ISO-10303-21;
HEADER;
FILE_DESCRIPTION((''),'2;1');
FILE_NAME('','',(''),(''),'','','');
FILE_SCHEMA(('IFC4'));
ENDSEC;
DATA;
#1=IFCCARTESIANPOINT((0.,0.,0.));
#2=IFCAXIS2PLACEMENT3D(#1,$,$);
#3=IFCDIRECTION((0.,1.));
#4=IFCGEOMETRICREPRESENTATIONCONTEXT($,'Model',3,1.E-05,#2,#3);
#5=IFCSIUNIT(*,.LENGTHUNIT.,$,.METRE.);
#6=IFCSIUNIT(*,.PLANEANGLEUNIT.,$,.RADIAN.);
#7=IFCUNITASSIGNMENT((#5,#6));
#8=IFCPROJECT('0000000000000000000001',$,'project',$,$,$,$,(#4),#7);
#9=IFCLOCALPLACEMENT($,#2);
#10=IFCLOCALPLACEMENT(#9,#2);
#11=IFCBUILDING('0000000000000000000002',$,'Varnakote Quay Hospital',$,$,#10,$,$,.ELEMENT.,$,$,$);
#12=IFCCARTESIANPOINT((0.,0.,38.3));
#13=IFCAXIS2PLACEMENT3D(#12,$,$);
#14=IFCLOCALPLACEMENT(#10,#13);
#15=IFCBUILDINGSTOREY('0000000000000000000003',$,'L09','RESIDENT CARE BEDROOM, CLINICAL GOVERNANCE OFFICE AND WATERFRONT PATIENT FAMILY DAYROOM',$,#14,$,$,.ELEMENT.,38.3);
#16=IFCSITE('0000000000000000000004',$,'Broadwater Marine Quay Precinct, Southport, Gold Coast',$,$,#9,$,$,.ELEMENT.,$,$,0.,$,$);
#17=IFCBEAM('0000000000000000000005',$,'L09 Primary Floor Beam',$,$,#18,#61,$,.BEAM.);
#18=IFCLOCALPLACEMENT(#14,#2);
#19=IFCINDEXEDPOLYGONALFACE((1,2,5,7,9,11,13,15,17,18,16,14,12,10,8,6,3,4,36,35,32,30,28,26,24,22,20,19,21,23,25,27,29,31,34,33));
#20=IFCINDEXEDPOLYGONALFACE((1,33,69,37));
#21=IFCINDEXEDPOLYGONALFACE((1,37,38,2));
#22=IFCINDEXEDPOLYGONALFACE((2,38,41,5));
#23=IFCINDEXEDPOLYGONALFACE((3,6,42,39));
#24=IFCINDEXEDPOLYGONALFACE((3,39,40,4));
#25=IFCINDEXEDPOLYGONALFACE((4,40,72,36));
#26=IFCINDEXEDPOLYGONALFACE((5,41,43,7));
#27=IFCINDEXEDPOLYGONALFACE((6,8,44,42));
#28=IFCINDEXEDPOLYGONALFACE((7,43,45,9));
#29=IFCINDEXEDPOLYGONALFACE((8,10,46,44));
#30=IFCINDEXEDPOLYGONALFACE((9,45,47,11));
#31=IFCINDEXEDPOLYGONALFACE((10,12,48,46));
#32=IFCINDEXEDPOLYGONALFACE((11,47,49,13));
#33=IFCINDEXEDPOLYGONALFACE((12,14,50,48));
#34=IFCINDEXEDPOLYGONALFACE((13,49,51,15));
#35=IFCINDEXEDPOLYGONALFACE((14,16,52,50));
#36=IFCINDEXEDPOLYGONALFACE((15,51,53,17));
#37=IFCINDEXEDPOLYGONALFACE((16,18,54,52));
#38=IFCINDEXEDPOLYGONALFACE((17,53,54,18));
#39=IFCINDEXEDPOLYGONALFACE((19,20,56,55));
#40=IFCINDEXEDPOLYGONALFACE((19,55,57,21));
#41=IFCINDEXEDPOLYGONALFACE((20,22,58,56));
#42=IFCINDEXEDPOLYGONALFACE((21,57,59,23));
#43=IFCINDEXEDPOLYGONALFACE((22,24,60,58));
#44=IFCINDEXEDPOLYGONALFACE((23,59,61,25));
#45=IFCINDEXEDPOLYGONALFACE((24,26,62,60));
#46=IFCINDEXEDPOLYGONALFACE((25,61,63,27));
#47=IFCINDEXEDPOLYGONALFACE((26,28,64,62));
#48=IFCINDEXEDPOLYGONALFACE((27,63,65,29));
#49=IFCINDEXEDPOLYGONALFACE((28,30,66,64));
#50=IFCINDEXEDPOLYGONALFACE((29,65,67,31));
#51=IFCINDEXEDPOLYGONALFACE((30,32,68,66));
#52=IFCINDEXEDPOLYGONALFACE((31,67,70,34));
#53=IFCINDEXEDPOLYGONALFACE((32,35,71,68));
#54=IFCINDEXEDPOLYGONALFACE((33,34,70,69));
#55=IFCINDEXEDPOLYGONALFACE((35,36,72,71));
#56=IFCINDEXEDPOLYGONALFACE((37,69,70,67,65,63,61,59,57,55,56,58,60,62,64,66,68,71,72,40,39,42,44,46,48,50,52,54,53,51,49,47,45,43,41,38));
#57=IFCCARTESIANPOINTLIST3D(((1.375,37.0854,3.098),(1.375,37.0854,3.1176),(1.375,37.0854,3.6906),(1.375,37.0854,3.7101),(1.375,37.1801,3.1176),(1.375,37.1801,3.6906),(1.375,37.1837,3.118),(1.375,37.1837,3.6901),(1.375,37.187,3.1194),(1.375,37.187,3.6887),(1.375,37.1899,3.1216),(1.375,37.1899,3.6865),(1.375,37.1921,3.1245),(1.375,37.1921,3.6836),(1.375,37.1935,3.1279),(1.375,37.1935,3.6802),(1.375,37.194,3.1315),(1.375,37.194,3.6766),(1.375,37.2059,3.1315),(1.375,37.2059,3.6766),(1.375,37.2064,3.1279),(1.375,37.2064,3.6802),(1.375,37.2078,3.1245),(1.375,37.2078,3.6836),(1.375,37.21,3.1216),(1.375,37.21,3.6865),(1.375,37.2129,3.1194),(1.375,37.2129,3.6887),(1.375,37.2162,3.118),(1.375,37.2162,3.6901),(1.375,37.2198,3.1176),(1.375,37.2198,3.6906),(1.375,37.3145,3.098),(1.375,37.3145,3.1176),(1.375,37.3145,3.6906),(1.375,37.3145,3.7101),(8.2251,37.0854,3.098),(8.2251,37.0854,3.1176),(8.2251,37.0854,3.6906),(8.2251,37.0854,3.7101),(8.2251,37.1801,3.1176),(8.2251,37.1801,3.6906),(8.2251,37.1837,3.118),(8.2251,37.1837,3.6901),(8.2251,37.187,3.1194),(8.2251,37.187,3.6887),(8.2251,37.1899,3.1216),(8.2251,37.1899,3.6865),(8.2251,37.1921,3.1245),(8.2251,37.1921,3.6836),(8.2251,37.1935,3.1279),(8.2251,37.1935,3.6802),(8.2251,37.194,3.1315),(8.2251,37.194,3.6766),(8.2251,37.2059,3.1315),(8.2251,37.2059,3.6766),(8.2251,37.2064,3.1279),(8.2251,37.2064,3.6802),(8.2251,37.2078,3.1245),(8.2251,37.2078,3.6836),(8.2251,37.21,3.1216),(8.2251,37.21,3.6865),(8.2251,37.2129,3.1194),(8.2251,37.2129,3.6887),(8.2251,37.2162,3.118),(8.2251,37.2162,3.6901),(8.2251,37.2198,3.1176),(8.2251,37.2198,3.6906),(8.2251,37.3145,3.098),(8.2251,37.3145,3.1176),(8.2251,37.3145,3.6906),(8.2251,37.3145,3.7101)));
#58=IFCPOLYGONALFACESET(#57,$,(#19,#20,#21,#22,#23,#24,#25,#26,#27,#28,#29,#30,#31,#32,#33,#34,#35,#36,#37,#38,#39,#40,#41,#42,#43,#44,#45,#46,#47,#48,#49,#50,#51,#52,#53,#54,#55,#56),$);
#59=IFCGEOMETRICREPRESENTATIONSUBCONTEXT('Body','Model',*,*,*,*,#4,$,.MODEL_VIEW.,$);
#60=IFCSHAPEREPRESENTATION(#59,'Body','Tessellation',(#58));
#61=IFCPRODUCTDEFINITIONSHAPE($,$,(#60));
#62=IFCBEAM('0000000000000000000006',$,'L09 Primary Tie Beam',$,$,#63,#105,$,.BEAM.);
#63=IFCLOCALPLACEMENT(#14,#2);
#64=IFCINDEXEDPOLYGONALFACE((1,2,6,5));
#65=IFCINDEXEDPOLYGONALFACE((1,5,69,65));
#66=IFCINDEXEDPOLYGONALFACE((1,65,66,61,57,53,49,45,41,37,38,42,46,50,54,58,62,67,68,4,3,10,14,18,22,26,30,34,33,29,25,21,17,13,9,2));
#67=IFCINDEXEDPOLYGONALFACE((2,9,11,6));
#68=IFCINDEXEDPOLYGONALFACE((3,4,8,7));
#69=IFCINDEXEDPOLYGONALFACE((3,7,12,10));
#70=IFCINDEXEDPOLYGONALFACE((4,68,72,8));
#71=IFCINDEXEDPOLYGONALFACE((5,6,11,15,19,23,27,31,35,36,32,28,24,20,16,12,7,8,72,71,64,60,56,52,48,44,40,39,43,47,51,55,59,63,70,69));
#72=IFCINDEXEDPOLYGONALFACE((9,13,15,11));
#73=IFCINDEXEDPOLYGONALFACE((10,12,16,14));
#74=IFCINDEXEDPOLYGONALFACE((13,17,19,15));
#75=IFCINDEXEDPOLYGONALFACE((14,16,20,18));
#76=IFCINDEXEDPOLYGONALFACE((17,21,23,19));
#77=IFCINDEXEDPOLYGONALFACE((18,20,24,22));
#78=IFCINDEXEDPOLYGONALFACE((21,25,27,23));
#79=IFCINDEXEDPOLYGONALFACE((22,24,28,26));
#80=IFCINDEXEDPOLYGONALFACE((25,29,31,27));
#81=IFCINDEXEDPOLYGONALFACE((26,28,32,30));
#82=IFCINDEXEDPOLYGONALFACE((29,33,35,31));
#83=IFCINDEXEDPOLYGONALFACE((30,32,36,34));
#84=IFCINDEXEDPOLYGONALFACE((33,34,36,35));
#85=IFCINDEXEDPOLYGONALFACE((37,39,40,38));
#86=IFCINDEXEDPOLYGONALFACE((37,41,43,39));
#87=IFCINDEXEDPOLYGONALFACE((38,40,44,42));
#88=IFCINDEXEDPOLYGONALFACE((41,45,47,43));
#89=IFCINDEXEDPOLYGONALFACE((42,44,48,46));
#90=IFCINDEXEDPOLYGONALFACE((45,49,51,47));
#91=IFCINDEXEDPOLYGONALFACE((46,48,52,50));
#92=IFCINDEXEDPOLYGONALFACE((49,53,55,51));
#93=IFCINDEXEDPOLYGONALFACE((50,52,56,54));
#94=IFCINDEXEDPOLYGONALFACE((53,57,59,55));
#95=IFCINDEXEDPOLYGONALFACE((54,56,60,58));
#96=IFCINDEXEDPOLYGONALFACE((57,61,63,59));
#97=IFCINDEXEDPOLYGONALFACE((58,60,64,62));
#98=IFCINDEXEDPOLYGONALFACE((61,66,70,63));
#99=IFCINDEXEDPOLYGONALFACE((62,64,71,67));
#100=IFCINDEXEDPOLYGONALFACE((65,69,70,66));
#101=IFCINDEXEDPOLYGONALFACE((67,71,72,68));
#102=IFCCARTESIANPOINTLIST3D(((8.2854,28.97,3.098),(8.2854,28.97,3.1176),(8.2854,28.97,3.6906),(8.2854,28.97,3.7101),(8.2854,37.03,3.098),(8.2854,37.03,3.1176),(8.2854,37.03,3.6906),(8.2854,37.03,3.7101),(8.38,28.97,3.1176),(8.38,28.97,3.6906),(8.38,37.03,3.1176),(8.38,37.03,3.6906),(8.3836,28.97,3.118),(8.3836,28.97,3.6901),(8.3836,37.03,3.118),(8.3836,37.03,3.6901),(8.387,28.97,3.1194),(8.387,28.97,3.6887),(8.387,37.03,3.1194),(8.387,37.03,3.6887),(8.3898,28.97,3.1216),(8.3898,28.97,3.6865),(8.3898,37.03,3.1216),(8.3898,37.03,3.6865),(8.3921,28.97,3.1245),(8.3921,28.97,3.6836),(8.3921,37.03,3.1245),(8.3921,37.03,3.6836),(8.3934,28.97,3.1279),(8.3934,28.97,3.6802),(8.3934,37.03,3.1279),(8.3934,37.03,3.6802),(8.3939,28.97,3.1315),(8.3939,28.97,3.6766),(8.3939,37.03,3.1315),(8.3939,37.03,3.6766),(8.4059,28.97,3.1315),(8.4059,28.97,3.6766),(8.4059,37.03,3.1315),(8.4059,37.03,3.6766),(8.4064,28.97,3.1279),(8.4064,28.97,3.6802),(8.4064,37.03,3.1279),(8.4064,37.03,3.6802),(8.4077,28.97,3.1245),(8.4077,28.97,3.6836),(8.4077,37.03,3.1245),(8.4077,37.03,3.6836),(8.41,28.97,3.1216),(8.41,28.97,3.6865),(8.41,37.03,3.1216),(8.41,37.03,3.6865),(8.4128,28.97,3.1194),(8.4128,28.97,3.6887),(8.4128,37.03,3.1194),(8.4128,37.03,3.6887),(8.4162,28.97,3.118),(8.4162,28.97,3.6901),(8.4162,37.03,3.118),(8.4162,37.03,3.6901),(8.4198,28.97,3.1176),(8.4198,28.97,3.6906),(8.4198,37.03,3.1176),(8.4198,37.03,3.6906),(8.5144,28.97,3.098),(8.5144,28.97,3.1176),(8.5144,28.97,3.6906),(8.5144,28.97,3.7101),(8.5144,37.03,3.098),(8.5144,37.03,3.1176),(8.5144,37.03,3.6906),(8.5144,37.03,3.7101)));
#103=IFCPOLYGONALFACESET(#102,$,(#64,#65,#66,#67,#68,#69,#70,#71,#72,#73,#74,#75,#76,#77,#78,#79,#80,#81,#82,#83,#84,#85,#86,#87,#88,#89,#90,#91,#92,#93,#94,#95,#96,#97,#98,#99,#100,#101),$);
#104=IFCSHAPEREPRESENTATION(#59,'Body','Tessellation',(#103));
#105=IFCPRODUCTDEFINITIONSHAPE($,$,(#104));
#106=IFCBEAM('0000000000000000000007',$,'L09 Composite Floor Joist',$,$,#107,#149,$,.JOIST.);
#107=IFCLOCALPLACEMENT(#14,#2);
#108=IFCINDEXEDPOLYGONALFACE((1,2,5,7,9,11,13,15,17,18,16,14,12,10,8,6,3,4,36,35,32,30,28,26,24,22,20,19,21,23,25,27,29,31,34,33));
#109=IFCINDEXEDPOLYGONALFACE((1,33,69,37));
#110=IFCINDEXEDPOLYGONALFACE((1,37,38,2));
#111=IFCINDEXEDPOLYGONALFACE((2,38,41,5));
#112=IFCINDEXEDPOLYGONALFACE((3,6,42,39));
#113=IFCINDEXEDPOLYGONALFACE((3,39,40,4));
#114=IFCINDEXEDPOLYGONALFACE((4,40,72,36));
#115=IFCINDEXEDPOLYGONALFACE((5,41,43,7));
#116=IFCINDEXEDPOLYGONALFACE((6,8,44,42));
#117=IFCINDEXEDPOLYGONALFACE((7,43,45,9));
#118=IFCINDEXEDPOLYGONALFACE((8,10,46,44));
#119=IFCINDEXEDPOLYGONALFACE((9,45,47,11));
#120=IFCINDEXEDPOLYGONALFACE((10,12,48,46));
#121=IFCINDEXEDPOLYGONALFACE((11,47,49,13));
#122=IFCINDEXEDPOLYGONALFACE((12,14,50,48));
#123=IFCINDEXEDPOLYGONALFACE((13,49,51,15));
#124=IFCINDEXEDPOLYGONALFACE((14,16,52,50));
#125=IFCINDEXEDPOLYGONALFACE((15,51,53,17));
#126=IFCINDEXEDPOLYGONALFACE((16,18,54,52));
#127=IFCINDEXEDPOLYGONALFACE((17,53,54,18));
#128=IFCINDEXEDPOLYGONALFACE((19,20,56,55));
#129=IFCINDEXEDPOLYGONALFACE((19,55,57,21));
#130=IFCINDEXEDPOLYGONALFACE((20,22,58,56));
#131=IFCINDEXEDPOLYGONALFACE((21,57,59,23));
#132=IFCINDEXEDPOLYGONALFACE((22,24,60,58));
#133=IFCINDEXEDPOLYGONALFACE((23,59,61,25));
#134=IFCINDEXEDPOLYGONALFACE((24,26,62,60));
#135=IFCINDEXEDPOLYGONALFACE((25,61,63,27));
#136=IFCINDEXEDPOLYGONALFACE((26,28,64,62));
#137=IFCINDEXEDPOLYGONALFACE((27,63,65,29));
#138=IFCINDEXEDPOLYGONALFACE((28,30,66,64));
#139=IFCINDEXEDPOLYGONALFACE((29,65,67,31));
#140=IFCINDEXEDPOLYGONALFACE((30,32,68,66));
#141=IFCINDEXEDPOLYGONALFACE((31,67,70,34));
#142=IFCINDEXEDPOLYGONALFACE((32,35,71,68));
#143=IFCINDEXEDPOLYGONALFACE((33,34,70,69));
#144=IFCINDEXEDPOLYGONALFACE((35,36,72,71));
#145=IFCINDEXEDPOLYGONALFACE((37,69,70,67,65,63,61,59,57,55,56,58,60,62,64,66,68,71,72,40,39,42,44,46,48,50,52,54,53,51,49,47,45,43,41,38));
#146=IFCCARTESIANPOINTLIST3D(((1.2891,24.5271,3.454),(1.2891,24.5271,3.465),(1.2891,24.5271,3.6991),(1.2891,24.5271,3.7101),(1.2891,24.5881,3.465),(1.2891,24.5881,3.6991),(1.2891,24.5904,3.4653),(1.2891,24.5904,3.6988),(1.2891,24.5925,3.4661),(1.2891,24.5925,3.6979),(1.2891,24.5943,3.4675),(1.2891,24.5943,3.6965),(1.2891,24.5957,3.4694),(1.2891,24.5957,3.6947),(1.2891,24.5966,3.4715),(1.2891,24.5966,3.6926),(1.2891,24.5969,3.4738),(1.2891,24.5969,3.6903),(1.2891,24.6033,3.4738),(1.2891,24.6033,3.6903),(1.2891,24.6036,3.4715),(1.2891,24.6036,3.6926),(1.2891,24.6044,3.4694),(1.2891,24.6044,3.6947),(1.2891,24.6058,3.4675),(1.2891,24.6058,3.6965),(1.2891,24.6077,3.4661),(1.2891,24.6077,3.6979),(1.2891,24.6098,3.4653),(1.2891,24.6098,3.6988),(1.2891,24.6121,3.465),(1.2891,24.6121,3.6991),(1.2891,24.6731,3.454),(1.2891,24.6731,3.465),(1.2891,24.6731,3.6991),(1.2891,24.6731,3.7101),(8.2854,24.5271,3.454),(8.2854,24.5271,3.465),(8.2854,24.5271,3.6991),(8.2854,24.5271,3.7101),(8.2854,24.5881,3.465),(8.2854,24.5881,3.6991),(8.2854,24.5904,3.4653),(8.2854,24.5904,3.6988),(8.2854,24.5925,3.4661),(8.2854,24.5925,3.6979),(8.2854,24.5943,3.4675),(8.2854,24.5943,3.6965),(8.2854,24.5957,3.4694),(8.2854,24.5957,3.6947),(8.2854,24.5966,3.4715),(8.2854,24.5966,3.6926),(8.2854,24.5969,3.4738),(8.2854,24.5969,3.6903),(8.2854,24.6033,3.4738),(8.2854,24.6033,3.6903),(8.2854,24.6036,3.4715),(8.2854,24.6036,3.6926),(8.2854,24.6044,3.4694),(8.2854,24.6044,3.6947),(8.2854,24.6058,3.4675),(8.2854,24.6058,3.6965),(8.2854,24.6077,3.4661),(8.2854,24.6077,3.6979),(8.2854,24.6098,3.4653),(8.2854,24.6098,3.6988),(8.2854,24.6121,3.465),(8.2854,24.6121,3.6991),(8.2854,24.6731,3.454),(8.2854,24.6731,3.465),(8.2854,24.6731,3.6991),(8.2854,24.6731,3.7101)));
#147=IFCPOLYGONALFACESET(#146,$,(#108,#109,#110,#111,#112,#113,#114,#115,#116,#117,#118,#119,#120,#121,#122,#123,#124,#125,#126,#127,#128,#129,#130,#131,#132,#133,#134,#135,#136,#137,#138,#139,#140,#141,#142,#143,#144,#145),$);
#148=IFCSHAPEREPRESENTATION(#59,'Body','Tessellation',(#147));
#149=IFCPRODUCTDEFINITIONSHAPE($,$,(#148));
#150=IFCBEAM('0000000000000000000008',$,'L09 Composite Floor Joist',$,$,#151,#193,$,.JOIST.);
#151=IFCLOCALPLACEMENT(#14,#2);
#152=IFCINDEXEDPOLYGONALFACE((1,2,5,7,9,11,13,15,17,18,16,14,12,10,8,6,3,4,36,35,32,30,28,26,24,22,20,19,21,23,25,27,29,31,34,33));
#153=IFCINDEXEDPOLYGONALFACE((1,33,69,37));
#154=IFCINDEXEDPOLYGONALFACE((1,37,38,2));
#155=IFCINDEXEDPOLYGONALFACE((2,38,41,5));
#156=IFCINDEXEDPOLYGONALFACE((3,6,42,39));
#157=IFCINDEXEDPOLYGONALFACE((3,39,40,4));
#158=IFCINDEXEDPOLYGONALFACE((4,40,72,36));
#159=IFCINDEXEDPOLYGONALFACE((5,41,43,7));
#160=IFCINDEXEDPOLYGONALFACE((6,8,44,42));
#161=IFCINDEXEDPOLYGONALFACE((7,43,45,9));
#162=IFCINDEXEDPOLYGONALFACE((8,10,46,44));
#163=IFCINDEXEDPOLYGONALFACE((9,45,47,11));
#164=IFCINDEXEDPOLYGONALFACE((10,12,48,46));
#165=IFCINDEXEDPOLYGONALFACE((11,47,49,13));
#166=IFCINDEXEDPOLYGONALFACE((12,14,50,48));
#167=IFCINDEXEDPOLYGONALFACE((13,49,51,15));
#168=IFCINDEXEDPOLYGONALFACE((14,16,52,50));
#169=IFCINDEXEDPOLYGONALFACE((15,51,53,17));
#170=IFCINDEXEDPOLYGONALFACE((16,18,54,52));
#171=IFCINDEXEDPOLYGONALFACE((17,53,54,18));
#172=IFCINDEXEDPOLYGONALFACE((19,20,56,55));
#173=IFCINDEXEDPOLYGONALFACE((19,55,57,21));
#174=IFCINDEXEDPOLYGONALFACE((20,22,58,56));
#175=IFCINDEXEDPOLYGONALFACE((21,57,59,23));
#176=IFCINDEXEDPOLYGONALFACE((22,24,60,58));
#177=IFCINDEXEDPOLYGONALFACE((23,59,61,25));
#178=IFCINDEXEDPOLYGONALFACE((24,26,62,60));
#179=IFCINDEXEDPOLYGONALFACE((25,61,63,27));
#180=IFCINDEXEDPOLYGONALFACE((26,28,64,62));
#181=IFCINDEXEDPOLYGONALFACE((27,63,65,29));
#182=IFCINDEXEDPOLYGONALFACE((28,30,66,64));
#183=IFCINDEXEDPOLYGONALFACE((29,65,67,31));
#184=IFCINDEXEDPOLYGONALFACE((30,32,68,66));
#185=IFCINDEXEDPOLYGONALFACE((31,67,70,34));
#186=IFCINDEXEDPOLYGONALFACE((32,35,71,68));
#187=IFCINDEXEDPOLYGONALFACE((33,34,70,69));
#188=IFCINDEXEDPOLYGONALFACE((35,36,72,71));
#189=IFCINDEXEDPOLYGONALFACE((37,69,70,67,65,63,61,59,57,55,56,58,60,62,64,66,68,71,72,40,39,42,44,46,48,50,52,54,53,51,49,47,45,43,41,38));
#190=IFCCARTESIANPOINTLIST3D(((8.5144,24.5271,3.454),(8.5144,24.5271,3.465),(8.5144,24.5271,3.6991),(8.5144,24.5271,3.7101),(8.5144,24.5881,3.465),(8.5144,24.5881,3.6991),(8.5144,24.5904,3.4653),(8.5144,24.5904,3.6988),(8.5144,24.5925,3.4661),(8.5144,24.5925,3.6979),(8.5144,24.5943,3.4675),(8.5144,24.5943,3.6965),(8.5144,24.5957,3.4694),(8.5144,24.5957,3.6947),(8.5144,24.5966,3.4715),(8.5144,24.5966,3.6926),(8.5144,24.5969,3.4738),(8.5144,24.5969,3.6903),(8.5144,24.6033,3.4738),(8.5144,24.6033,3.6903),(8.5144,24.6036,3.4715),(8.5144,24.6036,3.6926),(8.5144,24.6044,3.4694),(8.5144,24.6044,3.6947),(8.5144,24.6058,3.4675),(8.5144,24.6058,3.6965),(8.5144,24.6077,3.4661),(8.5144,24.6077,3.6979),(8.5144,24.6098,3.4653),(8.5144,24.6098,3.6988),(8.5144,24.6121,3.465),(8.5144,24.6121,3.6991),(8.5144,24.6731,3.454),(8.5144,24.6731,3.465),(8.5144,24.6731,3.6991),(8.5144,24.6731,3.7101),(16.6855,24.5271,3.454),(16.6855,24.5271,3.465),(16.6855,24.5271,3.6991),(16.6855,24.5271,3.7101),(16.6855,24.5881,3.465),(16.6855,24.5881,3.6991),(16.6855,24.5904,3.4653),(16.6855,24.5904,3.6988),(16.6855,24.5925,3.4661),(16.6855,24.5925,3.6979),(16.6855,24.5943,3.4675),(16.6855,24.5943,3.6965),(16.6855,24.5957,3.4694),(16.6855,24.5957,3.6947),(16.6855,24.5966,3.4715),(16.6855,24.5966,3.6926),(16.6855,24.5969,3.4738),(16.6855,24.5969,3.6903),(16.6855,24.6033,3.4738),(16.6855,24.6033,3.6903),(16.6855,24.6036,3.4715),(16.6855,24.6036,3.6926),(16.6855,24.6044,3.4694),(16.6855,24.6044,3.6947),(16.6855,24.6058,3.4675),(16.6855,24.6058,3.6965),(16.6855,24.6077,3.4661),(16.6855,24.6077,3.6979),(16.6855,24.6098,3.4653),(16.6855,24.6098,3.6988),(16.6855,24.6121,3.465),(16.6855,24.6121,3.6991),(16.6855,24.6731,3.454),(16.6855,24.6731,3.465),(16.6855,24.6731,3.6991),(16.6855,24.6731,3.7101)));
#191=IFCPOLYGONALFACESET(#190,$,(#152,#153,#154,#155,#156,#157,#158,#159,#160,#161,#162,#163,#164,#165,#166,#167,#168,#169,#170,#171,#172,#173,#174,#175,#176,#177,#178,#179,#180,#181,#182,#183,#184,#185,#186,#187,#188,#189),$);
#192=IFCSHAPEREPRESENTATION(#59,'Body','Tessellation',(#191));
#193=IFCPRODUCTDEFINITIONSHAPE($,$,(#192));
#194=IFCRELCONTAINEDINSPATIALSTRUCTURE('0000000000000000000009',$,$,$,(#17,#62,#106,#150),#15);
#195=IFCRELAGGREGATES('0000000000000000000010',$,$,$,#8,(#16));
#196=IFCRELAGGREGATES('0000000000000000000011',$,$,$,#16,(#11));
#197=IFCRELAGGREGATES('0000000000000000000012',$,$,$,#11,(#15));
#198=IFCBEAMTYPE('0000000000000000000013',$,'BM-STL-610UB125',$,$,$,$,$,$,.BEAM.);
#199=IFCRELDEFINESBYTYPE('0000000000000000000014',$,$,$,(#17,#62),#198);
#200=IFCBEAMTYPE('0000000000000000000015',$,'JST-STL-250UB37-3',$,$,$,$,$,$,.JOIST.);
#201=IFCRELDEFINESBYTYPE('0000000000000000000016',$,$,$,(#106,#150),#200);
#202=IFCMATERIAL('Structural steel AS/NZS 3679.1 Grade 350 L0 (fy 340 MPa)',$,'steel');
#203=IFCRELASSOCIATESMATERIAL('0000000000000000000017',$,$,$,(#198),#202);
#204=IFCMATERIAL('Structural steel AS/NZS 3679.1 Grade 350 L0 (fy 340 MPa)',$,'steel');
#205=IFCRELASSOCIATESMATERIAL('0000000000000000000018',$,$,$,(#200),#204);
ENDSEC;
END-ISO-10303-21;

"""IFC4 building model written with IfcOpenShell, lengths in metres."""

from ifc_helpers import new_model, si_unit, direction, frame, origin, origin_2d, place, context, subcontext, project, spatial, i_section, extrude, material, material_profile, profile_set, type_object, element, save


model = new_model("IFC4")

# Units and contexts
model_context = context("Model", 3, precision=1e-05, world=origin(), true_north=direction((0.0, 1.0)))
body_context = subcontext(model_context, "Body", "Model", "MODEL_VIEW")
ifc_project = project(units=[si_unit("LENGTHUNIT", "METRE"), si_unit("PLANEANGLEUNIT", "RADIAN")], contexts=[model_context])

# Site, building, storey
site_placement = place(None, origin())
site = spatial("IfcSite", under=ifc_project, at=site_placement, Name="Broadwater Marine Quay Precinct, Southport, Gold Coast", CompositionType="ELEMENT", RefElevation=0.0)
building_placement = place(site_placement, origin())
building = spatial("IfcBuilding", under=site, at=building_placement, Name="Varnakote Quay Hospital", CompositionType="ELEMENT")
storey_placement = place(building_placement, frame((0.0, 0.0, 38.3)))
storey = spatial("IfcBuildingStorey", under=building, at=storey_placement, Name="L09", Description="RESIDENT CARE BEDROOM, CLINICAL GOVERNANCE OFFICE AND WATERFRONT PATIENT FAMILY DAYROOM", CompositionType="ELEMENT", Elevation=38.3)

# Beams
ifc_material_1 = material(Name="Structural steel AS/NZS 3679.1 Grade 350 L0 (fy 340 MPa)", Category="steel")
ifc_material_profile_1 = material_profile(ifc_material_1, i_section(OverallWidth=0.229, OverallDepth=0.6121, WebThickness=0.012, FlangeThickness=0.0195, FilletRadius=0.0139, at=origin_2d()), Name="610UB125")
ifc_profile_set_1 = profile_set([ifc_material_profile_1], Name="Structural steel AS/NZS 3679.1 Grade 350 L0 (fy 340 MPa)")
beam_type_1 = type_object("IfcBeamType", Name="BM-STL-610UB125", PredefinedType="BEAM", material=ifc_profile_set_1)
beam_1_placement = place(storey_placement, frame((1.375, 37.2, 3.4041), z_axis=(1.0, 0.0, 0.0), x_axis=(0.0, 1.0, 0.0)))
element("IfcBeam", 1, at=beam_1_placement, inside=storey, type_object=beam_type_1, Name="L09 Primary Floor Beam", PredefinedType="BEAM", context=body_context, shape_type="SweptSolid", body=[
    extrude(i_section(OverallWidth=0.229, OverallDepth=0.6121, WebThickness=0.012, FlangeThickness=0.0195, FilletRadius=0.0139, at=origin_2d()), origin(), (0.0, 0.0, 1.0), 6.8501),
])
beam_2_placement = place(storey_placement, frame((8.3999, 28.97, 3.4041), z_axis=(0.0, 1.0, 0.0), x_axis=(-1.0, 0.0, 0.0)))
element("IfcBeam", 2, at=beam_2_placement, inside=storey, type_object=beam_type_1, Name="L09 Primary Tie Beam", PredefinedType="BEAM", context=body_context, shape_type="SweptSolid", body=[
    extrude(i_section(OverallWidth=0.229, OverallDepth=0.6121, WebThickness=0.012, FlangeThickness=0.0195, FilletRadius=0.0139, at=origin_2d()), origin(), (0.0, 0.0, 1.0), 8.0601),
])
ifc_material_2 = material(Name="Structural steel AS/NZS 3679.1 Grade 350 L0 (fy 340 MPa)", Category="steel")
ifc_material_profile_2 = material_profile(ifc_material_2, i_section(OverallWidth=0.146, OverallDepth=0.2561, WebThickness=0.0063, FlangeThickness=0.011, FilletRadius=0.0088, at=origin_2d()), Name="250UB37.3")
ifc_profile_set_2 = profile_set([ifc_material_profile_2], Name="Structural steel AS/NZS 3679.1 Grade 350 L0 (fy 340 MPa)")
beam_type_2 = type_object("IfcBeamType", Name="JST-STL-250UB37-3", PredefinedType="JOIST", material=ifc_profile_set_2)
beam_3_placement = place(storey_placement, frame((1.2891, 24.6001, 3.582), z_axis=(1.0, 0.0, 0.0), x_axis=(0.0, 1.0, 0.0)))
element("IfcBeam", 3, at=beam_3_placement, inside=storey, type_object=beam_type_2, Name="L09 Composite Floor Joist", PredefinedType="JOIST", context=body_context, shape_type="SweptSolid", body=[
    extrude(i_section(OverallWidth=0.146, OverallDepth=0.2561, WebThickness=0.0063, FlangeThickness=0.011, FilletRadius=0.0088, at=origin_2d()), origin(), (0.0, 0.0, 1.0), 6.9963),
])
beam_4_placement = place(storey_placement, frame((8.5144, 24.6001, 3.582), z_axis=(1.0, 0.0, 0.0), x_axis=(0.0, 1.0, 0.0)))
element("IfcBeam", 4, at=beam_4_placement, inside=storey, type_object=beam_type_2, Name="L09 Composite Floor Joist", PredefinedType="JOIST", context=body_context, shape_type="SweptSolid", body=[
    extrude(i_section(OverallWidth=0.146, OverallDepth=0.2561, WebThickness=0.0063, FlangeThickness=0.011, FilletRadius=0.0088, at=origin_2d()), origin(), (0.0, 0.0, 1.0), 8.1711),
])

save(model, "model.ifc")
